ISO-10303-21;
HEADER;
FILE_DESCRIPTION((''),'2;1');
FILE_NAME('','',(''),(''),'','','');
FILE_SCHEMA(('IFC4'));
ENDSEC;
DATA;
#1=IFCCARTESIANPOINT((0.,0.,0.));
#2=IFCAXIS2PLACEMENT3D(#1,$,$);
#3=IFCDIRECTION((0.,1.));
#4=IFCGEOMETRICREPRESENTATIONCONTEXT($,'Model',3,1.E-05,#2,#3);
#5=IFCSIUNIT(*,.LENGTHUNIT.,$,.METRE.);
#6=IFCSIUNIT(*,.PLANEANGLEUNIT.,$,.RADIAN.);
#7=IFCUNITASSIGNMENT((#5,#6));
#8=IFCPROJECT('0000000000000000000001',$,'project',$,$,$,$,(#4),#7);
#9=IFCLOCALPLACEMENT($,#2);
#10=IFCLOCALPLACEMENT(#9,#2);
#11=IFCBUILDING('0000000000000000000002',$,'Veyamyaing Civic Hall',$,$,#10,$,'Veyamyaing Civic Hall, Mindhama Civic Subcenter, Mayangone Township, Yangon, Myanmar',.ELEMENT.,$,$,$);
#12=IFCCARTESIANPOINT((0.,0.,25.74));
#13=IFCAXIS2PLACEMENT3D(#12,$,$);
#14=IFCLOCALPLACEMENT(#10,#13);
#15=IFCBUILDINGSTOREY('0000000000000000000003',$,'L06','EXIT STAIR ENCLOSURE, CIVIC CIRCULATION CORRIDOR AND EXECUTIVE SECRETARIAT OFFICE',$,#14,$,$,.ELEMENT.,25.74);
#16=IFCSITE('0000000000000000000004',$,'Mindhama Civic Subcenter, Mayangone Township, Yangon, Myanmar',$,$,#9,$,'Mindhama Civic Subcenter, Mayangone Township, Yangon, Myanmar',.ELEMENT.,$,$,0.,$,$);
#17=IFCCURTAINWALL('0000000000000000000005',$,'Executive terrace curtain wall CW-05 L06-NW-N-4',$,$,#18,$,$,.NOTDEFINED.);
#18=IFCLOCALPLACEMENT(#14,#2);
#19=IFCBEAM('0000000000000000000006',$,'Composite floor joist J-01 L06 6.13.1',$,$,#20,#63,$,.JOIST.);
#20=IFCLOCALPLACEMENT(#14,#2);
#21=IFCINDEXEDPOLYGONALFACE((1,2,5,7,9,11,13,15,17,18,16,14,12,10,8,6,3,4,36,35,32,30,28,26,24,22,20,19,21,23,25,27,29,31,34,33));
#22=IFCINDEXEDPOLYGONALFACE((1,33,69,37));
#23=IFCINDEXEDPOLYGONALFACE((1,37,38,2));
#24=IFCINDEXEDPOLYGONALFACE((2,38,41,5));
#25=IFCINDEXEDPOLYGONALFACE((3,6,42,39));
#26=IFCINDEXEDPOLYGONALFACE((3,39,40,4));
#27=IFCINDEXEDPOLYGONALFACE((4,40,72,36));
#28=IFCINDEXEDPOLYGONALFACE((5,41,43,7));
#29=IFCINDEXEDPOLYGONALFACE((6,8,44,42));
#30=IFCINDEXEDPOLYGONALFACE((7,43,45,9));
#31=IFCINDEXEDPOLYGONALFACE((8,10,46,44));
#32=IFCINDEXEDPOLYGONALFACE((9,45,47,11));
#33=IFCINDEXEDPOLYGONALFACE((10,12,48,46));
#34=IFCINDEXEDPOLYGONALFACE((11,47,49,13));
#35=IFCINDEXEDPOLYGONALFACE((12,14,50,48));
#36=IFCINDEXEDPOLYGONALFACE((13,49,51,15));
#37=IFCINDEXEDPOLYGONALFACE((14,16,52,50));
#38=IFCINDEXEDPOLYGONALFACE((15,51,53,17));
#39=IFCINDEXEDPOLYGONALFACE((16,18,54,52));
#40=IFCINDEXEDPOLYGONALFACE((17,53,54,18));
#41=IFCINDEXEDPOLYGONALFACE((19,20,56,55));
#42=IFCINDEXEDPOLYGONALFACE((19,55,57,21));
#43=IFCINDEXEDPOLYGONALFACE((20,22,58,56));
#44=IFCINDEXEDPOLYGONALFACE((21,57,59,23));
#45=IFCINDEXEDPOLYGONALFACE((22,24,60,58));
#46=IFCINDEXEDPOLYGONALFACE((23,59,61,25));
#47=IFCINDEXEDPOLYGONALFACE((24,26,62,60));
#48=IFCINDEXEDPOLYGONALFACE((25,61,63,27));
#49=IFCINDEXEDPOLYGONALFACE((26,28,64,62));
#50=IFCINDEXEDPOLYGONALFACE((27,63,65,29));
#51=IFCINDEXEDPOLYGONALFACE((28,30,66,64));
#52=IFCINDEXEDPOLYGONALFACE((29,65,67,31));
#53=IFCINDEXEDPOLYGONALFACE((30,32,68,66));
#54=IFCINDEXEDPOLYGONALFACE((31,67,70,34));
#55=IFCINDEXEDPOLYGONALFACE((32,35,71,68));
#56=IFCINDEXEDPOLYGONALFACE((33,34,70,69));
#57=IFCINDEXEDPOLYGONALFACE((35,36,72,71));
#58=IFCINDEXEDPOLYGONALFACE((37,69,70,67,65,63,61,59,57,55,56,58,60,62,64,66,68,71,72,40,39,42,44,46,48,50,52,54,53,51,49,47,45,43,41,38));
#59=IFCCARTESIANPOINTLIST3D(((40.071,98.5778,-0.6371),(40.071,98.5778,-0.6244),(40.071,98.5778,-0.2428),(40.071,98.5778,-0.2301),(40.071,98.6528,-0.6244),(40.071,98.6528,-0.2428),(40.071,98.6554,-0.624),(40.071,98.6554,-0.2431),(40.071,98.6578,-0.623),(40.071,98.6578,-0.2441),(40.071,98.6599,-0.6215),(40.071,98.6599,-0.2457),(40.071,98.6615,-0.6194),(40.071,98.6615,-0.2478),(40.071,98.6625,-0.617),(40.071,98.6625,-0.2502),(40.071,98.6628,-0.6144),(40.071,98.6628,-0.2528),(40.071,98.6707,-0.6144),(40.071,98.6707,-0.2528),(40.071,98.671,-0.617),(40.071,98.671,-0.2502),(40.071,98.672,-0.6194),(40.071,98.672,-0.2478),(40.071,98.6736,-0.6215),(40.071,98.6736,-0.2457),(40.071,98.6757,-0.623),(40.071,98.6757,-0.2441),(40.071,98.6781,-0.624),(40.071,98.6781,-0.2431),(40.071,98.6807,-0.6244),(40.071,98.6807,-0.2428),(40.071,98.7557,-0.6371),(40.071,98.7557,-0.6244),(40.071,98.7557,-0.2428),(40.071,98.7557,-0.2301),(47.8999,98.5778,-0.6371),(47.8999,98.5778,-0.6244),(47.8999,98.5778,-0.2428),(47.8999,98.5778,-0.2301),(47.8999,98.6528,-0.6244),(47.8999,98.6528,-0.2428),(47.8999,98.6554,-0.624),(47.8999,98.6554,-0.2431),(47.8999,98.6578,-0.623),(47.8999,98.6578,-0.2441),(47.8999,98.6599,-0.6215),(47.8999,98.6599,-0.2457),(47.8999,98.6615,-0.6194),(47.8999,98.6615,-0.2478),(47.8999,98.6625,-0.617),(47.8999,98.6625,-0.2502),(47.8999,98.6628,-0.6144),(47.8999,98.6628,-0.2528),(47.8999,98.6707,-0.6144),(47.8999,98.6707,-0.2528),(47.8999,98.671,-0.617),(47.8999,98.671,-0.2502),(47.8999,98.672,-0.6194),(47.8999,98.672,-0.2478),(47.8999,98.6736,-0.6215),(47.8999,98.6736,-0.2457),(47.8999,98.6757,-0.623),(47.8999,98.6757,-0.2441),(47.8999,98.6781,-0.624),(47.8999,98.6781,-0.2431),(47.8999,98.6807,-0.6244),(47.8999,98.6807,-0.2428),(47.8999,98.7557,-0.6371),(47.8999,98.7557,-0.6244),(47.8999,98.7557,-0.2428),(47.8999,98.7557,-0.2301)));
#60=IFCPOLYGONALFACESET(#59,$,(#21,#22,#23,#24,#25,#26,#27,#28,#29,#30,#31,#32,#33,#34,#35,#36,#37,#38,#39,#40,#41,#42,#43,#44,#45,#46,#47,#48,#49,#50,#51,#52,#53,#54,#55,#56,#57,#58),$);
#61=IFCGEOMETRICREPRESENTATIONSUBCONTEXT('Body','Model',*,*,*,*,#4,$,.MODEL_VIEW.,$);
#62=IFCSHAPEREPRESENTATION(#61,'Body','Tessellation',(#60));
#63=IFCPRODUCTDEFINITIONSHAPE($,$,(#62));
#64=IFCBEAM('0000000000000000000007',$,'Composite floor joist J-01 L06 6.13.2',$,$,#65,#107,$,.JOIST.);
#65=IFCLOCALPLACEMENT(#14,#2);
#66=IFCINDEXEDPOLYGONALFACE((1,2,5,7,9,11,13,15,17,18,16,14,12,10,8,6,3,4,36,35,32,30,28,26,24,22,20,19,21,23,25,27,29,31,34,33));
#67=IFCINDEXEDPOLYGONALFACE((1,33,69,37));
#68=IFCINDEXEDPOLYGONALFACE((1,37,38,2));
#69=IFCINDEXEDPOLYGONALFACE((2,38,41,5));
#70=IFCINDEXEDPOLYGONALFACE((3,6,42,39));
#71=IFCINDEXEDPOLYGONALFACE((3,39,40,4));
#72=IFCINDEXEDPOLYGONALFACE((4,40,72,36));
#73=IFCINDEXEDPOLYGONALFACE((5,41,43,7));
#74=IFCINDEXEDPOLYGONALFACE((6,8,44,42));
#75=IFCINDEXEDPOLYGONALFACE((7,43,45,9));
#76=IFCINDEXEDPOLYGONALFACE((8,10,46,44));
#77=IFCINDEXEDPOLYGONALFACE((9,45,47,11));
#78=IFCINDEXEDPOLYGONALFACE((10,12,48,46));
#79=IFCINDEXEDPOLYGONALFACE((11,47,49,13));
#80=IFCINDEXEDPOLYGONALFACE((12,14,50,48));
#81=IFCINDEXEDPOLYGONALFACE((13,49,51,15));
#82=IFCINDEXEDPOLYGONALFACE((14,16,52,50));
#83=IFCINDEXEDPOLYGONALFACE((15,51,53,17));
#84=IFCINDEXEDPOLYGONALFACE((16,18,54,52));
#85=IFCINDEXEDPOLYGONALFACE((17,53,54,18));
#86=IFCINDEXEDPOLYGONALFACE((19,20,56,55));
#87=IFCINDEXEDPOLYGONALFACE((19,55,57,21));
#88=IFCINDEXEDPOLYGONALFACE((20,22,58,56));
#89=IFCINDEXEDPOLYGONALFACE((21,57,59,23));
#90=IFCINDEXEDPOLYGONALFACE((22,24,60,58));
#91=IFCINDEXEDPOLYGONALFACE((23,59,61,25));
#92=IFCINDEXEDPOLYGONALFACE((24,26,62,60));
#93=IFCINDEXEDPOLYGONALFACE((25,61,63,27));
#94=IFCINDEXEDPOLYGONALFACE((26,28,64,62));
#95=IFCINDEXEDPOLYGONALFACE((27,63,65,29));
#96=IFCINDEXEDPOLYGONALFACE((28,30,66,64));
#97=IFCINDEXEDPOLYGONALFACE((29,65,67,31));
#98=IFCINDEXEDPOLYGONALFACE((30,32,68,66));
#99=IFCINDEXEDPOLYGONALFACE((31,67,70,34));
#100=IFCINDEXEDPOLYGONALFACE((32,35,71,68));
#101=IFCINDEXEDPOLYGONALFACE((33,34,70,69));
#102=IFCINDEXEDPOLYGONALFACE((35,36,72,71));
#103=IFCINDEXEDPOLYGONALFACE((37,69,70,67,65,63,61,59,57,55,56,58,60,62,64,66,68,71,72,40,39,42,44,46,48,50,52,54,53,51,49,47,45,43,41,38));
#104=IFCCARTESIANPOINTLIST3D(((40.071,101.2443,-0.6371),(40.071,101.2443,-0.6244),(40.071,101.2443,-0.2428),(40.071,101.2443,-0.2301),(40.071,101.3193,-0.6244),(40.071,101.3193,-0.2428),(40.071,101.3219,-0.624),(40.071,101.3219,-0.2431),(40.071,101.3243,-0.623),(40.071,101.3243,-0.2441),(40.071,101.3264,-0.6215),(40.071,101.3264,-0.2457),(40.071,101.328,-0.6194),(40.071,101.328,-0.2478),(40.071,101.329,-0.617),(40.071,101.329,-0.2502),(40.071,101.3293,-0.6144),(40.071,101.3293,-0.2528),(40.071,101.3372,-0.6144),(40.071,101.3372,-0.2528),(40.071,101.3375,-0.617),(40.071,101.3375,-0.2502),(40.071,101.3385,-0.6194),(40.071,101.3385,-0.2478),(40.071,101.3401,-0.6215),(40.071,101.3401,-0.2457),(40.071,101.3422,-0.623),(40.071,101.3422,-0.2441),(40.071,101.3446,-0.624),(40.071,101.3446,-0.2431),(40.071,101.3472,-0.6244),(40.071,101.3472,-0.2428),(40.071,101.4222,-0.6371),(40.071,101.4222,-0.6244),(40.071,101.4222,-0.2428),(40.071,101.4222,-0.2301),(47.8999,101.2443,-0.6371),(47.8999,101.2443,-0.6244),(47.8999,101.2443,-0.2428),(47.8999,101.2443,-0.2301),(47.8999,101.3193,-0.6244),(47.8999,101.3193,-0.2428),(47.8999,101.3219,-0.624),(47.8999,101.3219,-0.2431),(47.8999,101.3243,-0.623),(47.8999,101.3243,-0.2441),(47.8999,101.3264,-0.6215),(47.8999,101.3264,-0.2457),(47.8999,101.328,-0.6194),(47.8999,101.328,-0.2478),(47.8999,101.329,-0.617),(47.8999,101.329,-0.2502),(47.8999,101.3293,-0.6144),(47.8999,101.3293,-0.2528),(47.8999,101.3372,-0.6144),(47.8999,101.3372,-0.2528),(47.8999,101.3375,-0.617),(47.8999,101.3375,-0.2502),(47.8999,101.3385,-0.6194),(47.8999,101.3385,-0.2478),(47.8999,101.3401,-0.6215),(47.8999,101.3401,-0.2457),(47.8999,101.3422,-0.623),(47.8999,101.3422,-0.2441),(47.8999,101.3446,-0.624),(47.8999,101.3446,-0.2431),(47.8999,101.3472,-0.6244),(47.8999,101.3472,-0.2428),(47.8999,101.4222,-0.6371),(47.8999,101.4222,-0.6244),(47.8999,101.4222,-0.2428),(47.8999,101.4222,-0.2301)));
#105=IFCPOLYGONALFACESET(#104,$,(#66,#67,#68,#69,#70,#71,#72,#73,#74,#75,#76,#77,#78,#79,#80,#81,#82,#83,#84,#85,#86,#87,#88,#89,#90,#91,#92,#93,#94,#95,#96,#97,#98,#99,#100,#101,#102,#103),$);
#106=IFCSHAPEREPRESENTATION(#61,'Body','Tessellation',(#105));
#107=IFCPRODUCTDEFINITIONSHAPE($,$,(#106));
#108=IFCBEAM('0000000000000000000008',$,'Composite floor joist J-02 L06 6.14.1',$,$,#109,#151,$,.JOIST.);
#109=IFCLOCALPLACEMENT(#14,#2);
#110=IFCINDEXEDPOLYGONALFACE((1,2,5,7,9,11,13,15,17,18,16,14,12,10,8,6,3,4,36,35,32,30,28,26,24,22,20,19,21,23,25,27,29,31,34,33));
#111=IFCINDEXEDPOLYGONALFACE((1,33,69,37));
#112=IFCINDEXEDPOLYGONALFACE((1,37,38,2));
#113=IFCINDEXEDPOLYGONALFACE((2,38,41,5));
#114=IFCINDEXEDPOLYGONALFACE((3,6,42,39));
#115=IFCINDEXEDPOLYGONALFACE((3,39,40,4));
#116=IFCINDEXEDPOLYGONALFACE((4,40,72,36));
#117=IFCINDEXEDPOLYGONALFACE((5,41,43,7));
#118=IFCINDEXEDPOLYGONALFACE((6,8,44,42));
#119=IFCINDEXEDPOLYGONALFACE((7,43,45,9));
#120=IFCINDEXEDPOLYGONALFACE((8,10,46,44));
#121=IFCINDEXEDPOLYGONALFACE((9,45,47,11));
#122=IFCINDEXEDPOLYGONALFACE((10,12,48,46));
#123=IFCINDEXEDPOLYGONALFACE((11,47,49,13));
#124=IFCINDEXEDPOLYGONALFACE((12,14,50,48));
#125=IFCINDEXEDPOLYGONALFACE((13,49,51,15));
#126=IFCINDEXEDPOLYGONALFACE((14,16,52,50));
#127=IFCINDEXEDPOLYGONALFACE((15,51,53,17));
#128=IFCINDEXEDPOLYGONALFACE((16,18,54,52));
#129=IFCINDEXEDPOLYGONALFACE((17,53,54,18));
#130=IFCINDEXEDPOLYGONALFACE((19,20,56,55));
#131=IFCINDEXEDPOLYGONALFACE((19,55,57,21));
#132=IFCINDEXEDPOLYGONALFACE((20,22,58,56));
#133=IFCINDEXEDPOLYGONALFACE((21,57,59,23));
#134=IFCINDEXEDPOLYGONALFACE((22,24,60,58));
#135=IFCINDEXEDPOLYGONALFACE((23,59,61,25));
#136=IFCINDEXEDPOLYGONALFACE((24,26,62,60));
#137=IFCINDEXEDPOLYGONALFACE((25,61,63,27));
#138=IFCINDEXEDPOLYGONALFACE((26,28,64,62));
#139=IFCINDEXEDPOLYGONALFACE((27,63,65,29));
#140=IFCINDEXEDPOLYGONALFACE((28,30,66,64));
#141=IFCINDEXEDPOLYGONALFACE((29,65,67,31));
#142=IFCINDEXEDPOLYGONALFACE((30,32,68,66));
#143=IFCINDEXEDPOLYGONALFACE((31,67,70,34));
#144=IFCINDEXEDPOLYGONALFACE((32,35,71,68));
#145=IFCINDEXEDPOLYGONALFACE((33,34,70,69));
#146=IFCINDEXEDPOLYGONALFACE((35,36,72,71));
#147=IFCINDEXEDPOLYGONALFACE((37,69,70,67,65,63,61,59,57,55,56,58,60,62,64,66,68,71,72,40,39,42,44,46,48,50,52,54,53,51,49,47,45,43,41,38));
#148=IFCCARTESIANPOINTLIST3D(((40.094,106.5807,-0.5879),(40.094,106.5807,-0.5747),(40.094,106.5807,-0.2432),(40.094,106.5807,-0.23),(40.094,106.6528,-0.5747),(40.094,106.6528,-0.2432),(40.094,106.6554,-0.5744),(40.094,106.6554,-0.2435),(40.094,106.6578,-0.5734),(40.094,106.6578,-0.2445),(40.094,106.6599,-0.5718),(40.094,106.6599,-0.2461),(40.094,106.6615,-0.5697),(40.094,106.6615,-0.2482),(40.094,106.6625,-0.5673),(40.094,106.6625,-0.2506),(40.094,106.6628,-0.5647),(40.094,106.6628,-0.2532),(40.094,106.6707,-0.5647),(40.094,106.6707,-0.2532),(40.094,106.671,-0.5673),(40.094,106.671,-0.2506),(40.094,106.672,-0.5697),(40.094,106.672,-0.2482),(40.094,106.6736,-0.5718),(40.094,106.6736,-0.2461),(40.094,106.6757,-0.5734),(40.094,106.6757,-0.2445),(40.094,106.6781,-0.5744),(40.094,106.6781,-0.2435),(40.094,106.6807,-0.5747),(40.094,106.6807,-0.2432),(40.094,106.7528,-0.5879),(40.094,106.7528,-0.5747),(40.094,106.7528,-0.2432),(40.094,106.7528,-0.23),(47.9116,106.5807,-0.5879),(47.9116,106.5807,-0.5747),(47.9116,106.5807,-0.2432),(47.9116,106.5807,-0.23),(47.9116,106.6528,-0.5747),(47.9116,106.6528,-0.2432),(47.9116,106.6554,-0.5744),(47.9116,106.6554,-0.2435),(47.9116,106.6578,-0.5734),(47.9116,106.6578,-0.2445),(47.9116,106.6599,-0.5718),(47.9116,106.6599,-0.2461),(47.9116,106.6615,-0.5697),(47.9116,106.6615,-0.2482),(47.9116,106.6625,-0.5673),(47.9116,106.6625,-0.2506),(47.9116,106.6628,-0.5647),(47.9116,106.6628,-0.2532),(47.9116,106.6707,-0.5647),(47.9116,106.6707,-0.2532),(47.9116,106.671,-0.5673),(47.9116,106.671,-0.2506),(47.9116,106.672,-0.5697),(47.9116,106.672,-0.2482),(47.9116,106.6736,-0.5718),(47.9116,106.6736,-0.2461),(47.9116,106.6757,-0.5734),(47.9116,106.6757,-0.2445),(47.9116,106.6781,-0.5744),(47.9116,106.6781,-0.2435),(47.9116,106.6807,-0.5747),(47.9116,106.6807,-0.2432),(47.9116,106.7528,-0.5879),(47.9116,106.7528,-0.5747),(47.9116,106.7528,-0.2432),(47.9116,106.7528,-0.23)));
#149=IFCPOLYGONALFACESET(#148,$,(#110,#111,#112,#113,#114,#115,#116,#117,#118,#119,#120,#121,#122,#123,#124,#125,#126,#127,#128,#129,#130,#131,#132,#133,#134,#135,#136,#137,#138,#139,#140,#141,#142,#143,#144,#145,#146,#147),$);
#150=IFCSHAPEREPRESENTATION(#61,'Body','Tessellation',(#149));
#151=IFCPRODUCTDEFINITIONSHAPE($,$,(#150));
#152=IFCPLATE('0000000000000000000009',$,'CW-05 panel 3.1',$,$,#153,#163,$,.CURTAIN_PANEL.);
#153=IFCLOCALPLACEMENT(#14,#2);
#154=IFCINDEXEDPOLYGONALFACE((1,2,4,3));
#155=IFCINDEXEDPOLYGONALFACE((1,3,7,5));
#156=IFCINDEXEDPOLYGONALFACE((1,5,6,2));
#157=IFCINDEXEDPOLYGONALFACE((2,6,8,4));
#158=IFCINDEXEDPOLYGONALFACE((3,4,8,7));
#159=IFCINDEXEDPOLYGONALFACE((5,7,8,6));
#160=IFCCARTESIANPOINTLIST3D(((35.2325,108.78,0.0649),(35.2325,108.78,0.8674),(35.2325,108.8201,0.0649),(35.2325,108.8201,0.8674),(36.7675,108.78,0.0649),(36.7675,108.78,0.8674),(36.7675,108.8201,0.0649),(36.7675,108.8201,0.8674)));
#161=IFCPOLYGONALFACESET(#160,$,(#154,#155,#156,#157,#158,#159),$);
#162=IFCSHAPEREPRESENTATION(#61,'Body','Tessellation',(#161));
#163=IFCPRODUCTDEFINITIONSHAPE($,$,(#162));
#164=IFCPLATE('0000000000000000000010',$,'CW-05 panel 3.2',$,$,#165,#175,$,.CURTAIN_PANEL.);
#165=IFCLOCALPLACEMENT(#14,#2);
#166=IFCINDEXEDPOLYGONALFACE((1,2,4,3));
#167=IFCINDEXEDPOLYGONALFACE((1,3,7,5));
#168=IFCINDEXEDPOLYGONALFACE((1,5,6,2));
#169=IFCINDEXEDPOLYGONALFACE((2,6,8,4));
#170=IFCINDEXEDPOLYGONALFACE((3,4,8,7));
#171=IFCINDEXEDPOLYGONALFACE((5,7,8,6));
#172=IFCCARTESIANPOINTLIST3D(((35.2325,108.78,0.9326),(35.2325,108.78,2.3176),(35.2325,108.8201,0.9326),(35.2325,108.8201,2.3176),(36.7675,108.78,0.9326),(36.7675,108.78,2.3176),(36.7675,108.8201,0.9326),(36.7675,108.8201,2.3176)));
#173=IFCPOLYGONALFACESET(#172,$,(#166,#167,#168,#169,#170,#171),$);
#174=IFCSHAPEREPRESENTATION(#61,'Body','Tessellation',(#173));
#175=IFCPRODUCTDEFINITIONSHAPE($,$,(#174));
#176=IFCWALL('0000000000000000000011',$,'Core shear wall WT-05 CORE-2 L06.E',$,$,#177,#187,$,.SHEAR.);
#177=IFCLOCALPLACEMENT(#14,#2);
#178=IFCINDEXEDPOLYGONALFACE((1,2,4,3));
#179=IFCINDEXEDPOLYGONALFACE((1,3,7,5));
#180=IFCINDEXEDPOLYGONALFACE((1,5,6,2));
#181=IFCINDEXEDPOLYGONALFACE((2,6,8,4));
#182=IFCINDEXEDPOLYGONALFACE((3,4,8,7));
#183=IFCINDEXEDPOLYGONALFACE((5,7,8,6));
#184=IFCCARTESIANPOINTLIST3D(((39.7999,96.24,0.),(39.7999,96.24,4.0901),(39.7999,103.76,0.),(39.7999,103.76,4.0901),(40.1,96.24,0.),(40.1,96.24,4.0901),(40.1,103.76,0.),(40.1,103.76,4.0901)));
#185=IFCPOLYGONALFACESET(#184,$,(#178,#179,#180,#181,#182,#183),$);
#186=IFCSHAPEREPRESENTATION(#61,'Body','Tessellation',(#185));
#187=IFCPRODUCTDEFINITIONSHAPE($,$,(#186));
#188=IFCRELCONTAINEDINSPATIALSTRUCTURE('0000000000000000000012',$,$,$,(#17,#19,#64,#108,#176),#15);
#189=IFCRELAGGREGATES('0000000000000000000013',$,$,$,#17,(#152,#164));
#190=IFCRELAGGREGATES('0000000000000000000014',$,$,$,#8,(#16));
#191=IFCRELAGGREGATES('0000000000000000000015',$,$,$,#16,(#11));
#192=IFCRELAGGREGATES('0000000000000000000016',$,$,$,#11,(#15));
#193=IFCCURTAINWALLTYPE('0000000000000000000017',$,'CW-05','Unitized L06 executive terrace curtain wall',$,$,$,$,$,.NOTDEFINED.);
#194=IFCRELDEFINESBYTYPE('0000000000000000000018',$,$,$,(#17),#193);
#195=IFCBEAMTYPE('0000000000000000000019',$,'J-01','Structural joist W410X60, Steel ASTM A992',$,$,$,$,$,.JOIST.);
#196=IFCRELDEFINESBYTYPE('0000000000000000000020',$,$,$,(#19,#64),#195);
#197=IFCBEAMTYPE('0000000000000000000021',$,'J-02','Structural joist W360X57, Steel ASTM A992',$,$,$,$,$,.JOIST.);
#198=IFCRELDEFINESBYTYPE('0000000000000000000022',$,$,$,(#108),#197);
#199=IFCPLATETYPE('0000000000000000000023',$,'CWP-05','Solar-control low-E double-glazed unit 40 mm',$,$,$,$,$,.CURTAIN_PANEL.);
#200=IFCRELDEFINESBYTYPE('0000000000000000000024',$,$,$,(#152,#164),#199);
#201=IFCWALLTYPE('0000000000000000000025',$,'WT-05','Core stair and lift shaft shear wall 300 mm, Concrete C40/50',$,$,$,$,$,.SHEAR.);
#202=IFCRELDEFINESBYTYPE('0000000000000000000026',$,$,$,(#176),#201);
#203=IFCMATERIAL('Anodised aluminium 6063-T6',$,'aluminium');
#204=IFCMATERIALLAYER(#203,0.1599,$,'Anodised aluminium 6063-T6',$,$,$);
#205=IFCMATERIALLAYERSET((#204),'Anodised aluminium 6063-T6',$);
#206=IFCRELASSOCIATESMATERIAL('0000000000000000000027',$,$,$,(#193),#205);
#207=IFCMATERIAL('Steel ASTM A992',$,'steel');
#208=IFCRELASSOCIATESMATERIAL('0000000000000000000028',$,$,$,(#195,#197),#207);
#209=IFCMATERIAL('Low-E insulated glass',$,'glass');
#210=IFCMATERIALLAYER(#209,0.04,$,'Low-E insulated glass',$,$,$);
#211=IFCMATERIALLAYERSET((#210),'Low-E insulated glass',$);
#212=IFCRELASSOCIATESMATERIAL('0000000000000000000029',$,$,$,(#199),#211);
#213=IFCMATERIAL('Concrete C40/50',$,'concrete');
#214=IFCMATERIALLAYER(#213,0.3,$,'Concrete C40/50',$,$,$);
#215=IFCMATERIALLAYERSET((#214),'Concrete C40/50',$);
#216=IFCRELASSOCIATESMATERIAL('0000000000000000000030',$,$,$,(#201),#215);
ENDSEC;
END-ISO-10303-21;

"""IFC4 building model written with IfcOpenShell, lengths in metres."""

from ifc_helpers import new_model, si_unit, direction, frame, frame_2d, origin, origin_2d, place, context, subcontext, project, spatial, rectangle, i_section, extrude, material, layer, layer_set, material_profile, profile_set, type_object, element, aggregate, save


model = new_model("IFC4")

# Units and contexts
model_context = context("Model", 3, precision=1e-05, world=origin(), true_north=direction((0.0, 1.0)))
body_context = subcontext(model_context, "Body", "Model", "MODEL_VIEW")
ifc_project = project(units=[si_unit("LENGTHUNIT", "METRE"), si_unit("PLANEANGLEUNIT", "RADIAN")], contexts=[model_context])

# Site, building, storey
site_placement = place(None, origin())
site = spatial("IfcSite", under=ifc_project, at=site_placement, Name="Mindhama Civic Subcenter, Mayangone Township, Yangon, Myanmar", LongName="Mindhama Civic Subcenter, Mayangone Township, Yangon, Myanmar", CompositionType="ELEMENT", RefElevation=0.0)
building_placement = place(site_placement, origin())
building = spatial("IfcBuilding", under=site, at=building_placement, Name="Veyamyaing Civic Hall", LongName="Veyamyaing Civic Hall, Mindhama Civic Subcenter, Mayangone Township, Yangon, Myanmar", CompositionType="ELEMENT")
storey_placement = place(building_placement, frame((0.0, 0.0, 25.74)))
storey = spatial("IfcBuildingStorey", under=building, at=storey_placement, Name="L06", Description="EXIT STAIR ENCLOSURE, CIVIC CIRCULATION CORRIDOR AND EXECUTIVE SECRETARIAT OFFICE", CompositionType="ELEMENT", Elevation=25.74)

# Shared definitions
ifc_material_1 = material(Name="Steel ASTM A992", Category="steel")

# Curtain wall
ifc_material_2 = material(Name="Anodised aluminium 6063-T6", Category="aluminium")
ifc_layer_1 = layer(ifc_material_2, 0.1599, Name="Anodised aluminium 6063-T6")
ifc_layer_set_1 = layer_set([ifc_layer_1], Name="Anodised aluminium 6063-T6")
curtain_wall_type = type_object("IfcCurtainWallType", Name="CW-05", Description="Unitized L06 executive terrace curtain wall", PredefinedType="NOTDEFINED", material=ifc_layer_set_1)
curtain_wall_placement = place(storey_placement, origin())
curtain_wall = element("IfcCurtainWall", 1, at=curtain_wall_placement, inside=storey, type_object=curtain_wall_type, Name="Executive terrace curtain wall CW-05 L06-NW-N-4", PredefinedType="NOTDEFINED")

# Beams
ifc_material_profile_1 = material_profile(ifc_material_1, i_section(OverallWidth=0.178, OverallDepth=0.407, WebThickness=0.0078, FlangeThickness=0.0127, FilletRadius=0.01, at=origin_2d()), Name="W410X60")
ifc_profile_set_1 = profile_set([ifc_material_profile_1], Name="Steel ASTM A992")
beam_type_1 = type_object("IfcBeamType", Name="J-01", Description="Structural joist W410X60, Steel ASTM A992", PredefinedType="JOIST", material=ifc_profile_set_1)
for number, where, z_axis, x_axis, name in (
    (2, (40.071, 98.6667, -0.4336), (1.0, 0.0, 0.0), (0.0, 1.0, 0.0), "Composite floor joist J-01 L06 6.13.1"),
    (3, (40.071, 101.3333, -0.4336), (1.0, 0.0, 0.0), (0.0, 1.0, 0.0), "Composite floor joist J-01 L06 6.13.2"),
):
    element("IfcBeam", number, at=place(storey_placement, frame(where, z_axis=z_axis, x_axis=x_axis)), inside=storey, type_object=beam_type_1, Name=name, PredefinedType="JOIST", context=body_context, shape_type="SweptSolid", body=[
        extrude(i_section(OverallWidth=0.178, OverallDepth=0.407, WebThickness=0.0078, FlangeThickness=0.0127, FilletRadius=0.01, at=origin_2d()), origin(), (0.0, 0.0, 1.0), 7.8289),
    ])
ifc_material_profile_2 = material_profile(ifc_material_1, i_section(OverallWidth=0.1721, OverallDepth=0.3579, WebThickness=0.0078, FlangeThickness=0.0132, FilletRadius=0.01, at=origin_2d()), Name="W360X57")
ifc_profile_set_2 = profile_set([ifc_material_profile_2], Name="Steel ASTM A992")
beam_type_2 = type_object("IfcBeamType", Name="J-02", Description="Structural joist W360X57, Steel ASTM A992", PredefinedType="JOIST", material=ifc_profile_set_2)
beam_1_placement = place(storey_placement, frame((40.094, 106.6667, -0.4089), z_axis=(1.0, 0.0, 0.0), x_axis=(0.0, 1.0, 0.0)))
element("IfcBeam", 4, at=beam_1_placement, inside=storey, type_object=beam_type_2, Name="Composite floor joist J-02 L06 6.14.1", PredefinedType="JOIST", context=body_context, shape_type="SweptSolid", body=[
    extrude(i_section(OverallWidth=0.1721, OverallDepth=0.3579, WebThickness=0.0078, FlangeThickness=0.0132, FilletRadius=0.01, at=origin_2d()), origin(), (0.0, 0.0, 1.0), 7.8176),
])

# Plates
ifc_material_3 = material(Name="Low-E insulated glass", Category="glass")
ifc_layer_2 = layer(ifc_material_3, 0.04, Name="Low-E insulated glass")
ifc_layer_set_2 = layer_set([ifc_layer_2], Name="Low-E insulated glass")
plate_type = type_object("IfcPlateType", Name="CWP-05", Description="Solar-control low-E double-glazed unit 40 mm", PredefinedType="CURTAIN_PANEL", material=ifc_layer_set_2)
plate_1_placement = place(storey_placement, frame((36.0, 108.8, 0.0649), z_axis=(0.0, 0.0, 1.0), x_axis=(1.0, 0.0, 0.0)))
plate_1 = element("IfcPlate", 5, at=plate_1_placement, type_object=plate_type, Name="CW-05 panel 3.1", PredefinedType="CURTAIN_PANEL", context=body_context, shape_type="SweptSolid", body=[
    extrude(rectangle(XDim=1.5349, YDim=0.04, at=origin_2d()), origin(), (0.0, 0.0, 1.0), 0.8025),
])
plate_2_placement = place(storey_placement, frame((36.0, 108.8, 0.9326), z_axis=(0.0, 0.0, 1.0), x_axis=(1.0, 0.0, 0.0)))
plate_2 = element("IfcPlate", 6, at=plate_2_placement, type_object=plate_type, Name="CW-05 panel 3.2", PredefinedType="CURTAIN_PANEL", context=body_context, shape_type="SweptSolid", body=[
    extrude(rectangle(XDim=1.5349, YDim=0.04, at=origin_2d()), origin(), (0.0, 0.0, 1.0), 1.385),
])
aggregate(curtain_wall, [plate_1, plate_2])

# Wall
ifc_material_4 = material(Name="Concrete C40/50", Category="concrete")
ifc_layer_3 = layer(ifc_material_4, 0.3, Name="Concrete C40/50")
ifc_layer_set_3 = layer_set([ifc_layer_3], Name="Concrete C40/50")
wall_type_1 = type_object("IfcWallType", Name="WT-05", Description="Core stair and lift shaft shear wall 300 mm, Concrete C40/50", PredefinedType="SHEAR", material=ifc_layer_set_3)
wall_1_placement = place(storey_placement, frame((39.95, 96.24, 0.0), z_axis=(0.0, 0.0, 1.0), x_axis=(0.0, 1.0, 0.0)))
element("IfcWall", 7, at=wall_1_placement, inside=storey, type_object=wall_type_1, Name="Core shear wall WT-05 CORE-2 L06.E", PredefinedType="SHEAR", context=body_context, shape_type="SweptSolid", body=[
    extrude(rectangle(XDim=7.52, YDim=0.3, at=frame_2d((3.76, 0.0))), origin(), (0.0, 0.0, 1.0), 4.0901),
])

save(model, "model.ifc")
